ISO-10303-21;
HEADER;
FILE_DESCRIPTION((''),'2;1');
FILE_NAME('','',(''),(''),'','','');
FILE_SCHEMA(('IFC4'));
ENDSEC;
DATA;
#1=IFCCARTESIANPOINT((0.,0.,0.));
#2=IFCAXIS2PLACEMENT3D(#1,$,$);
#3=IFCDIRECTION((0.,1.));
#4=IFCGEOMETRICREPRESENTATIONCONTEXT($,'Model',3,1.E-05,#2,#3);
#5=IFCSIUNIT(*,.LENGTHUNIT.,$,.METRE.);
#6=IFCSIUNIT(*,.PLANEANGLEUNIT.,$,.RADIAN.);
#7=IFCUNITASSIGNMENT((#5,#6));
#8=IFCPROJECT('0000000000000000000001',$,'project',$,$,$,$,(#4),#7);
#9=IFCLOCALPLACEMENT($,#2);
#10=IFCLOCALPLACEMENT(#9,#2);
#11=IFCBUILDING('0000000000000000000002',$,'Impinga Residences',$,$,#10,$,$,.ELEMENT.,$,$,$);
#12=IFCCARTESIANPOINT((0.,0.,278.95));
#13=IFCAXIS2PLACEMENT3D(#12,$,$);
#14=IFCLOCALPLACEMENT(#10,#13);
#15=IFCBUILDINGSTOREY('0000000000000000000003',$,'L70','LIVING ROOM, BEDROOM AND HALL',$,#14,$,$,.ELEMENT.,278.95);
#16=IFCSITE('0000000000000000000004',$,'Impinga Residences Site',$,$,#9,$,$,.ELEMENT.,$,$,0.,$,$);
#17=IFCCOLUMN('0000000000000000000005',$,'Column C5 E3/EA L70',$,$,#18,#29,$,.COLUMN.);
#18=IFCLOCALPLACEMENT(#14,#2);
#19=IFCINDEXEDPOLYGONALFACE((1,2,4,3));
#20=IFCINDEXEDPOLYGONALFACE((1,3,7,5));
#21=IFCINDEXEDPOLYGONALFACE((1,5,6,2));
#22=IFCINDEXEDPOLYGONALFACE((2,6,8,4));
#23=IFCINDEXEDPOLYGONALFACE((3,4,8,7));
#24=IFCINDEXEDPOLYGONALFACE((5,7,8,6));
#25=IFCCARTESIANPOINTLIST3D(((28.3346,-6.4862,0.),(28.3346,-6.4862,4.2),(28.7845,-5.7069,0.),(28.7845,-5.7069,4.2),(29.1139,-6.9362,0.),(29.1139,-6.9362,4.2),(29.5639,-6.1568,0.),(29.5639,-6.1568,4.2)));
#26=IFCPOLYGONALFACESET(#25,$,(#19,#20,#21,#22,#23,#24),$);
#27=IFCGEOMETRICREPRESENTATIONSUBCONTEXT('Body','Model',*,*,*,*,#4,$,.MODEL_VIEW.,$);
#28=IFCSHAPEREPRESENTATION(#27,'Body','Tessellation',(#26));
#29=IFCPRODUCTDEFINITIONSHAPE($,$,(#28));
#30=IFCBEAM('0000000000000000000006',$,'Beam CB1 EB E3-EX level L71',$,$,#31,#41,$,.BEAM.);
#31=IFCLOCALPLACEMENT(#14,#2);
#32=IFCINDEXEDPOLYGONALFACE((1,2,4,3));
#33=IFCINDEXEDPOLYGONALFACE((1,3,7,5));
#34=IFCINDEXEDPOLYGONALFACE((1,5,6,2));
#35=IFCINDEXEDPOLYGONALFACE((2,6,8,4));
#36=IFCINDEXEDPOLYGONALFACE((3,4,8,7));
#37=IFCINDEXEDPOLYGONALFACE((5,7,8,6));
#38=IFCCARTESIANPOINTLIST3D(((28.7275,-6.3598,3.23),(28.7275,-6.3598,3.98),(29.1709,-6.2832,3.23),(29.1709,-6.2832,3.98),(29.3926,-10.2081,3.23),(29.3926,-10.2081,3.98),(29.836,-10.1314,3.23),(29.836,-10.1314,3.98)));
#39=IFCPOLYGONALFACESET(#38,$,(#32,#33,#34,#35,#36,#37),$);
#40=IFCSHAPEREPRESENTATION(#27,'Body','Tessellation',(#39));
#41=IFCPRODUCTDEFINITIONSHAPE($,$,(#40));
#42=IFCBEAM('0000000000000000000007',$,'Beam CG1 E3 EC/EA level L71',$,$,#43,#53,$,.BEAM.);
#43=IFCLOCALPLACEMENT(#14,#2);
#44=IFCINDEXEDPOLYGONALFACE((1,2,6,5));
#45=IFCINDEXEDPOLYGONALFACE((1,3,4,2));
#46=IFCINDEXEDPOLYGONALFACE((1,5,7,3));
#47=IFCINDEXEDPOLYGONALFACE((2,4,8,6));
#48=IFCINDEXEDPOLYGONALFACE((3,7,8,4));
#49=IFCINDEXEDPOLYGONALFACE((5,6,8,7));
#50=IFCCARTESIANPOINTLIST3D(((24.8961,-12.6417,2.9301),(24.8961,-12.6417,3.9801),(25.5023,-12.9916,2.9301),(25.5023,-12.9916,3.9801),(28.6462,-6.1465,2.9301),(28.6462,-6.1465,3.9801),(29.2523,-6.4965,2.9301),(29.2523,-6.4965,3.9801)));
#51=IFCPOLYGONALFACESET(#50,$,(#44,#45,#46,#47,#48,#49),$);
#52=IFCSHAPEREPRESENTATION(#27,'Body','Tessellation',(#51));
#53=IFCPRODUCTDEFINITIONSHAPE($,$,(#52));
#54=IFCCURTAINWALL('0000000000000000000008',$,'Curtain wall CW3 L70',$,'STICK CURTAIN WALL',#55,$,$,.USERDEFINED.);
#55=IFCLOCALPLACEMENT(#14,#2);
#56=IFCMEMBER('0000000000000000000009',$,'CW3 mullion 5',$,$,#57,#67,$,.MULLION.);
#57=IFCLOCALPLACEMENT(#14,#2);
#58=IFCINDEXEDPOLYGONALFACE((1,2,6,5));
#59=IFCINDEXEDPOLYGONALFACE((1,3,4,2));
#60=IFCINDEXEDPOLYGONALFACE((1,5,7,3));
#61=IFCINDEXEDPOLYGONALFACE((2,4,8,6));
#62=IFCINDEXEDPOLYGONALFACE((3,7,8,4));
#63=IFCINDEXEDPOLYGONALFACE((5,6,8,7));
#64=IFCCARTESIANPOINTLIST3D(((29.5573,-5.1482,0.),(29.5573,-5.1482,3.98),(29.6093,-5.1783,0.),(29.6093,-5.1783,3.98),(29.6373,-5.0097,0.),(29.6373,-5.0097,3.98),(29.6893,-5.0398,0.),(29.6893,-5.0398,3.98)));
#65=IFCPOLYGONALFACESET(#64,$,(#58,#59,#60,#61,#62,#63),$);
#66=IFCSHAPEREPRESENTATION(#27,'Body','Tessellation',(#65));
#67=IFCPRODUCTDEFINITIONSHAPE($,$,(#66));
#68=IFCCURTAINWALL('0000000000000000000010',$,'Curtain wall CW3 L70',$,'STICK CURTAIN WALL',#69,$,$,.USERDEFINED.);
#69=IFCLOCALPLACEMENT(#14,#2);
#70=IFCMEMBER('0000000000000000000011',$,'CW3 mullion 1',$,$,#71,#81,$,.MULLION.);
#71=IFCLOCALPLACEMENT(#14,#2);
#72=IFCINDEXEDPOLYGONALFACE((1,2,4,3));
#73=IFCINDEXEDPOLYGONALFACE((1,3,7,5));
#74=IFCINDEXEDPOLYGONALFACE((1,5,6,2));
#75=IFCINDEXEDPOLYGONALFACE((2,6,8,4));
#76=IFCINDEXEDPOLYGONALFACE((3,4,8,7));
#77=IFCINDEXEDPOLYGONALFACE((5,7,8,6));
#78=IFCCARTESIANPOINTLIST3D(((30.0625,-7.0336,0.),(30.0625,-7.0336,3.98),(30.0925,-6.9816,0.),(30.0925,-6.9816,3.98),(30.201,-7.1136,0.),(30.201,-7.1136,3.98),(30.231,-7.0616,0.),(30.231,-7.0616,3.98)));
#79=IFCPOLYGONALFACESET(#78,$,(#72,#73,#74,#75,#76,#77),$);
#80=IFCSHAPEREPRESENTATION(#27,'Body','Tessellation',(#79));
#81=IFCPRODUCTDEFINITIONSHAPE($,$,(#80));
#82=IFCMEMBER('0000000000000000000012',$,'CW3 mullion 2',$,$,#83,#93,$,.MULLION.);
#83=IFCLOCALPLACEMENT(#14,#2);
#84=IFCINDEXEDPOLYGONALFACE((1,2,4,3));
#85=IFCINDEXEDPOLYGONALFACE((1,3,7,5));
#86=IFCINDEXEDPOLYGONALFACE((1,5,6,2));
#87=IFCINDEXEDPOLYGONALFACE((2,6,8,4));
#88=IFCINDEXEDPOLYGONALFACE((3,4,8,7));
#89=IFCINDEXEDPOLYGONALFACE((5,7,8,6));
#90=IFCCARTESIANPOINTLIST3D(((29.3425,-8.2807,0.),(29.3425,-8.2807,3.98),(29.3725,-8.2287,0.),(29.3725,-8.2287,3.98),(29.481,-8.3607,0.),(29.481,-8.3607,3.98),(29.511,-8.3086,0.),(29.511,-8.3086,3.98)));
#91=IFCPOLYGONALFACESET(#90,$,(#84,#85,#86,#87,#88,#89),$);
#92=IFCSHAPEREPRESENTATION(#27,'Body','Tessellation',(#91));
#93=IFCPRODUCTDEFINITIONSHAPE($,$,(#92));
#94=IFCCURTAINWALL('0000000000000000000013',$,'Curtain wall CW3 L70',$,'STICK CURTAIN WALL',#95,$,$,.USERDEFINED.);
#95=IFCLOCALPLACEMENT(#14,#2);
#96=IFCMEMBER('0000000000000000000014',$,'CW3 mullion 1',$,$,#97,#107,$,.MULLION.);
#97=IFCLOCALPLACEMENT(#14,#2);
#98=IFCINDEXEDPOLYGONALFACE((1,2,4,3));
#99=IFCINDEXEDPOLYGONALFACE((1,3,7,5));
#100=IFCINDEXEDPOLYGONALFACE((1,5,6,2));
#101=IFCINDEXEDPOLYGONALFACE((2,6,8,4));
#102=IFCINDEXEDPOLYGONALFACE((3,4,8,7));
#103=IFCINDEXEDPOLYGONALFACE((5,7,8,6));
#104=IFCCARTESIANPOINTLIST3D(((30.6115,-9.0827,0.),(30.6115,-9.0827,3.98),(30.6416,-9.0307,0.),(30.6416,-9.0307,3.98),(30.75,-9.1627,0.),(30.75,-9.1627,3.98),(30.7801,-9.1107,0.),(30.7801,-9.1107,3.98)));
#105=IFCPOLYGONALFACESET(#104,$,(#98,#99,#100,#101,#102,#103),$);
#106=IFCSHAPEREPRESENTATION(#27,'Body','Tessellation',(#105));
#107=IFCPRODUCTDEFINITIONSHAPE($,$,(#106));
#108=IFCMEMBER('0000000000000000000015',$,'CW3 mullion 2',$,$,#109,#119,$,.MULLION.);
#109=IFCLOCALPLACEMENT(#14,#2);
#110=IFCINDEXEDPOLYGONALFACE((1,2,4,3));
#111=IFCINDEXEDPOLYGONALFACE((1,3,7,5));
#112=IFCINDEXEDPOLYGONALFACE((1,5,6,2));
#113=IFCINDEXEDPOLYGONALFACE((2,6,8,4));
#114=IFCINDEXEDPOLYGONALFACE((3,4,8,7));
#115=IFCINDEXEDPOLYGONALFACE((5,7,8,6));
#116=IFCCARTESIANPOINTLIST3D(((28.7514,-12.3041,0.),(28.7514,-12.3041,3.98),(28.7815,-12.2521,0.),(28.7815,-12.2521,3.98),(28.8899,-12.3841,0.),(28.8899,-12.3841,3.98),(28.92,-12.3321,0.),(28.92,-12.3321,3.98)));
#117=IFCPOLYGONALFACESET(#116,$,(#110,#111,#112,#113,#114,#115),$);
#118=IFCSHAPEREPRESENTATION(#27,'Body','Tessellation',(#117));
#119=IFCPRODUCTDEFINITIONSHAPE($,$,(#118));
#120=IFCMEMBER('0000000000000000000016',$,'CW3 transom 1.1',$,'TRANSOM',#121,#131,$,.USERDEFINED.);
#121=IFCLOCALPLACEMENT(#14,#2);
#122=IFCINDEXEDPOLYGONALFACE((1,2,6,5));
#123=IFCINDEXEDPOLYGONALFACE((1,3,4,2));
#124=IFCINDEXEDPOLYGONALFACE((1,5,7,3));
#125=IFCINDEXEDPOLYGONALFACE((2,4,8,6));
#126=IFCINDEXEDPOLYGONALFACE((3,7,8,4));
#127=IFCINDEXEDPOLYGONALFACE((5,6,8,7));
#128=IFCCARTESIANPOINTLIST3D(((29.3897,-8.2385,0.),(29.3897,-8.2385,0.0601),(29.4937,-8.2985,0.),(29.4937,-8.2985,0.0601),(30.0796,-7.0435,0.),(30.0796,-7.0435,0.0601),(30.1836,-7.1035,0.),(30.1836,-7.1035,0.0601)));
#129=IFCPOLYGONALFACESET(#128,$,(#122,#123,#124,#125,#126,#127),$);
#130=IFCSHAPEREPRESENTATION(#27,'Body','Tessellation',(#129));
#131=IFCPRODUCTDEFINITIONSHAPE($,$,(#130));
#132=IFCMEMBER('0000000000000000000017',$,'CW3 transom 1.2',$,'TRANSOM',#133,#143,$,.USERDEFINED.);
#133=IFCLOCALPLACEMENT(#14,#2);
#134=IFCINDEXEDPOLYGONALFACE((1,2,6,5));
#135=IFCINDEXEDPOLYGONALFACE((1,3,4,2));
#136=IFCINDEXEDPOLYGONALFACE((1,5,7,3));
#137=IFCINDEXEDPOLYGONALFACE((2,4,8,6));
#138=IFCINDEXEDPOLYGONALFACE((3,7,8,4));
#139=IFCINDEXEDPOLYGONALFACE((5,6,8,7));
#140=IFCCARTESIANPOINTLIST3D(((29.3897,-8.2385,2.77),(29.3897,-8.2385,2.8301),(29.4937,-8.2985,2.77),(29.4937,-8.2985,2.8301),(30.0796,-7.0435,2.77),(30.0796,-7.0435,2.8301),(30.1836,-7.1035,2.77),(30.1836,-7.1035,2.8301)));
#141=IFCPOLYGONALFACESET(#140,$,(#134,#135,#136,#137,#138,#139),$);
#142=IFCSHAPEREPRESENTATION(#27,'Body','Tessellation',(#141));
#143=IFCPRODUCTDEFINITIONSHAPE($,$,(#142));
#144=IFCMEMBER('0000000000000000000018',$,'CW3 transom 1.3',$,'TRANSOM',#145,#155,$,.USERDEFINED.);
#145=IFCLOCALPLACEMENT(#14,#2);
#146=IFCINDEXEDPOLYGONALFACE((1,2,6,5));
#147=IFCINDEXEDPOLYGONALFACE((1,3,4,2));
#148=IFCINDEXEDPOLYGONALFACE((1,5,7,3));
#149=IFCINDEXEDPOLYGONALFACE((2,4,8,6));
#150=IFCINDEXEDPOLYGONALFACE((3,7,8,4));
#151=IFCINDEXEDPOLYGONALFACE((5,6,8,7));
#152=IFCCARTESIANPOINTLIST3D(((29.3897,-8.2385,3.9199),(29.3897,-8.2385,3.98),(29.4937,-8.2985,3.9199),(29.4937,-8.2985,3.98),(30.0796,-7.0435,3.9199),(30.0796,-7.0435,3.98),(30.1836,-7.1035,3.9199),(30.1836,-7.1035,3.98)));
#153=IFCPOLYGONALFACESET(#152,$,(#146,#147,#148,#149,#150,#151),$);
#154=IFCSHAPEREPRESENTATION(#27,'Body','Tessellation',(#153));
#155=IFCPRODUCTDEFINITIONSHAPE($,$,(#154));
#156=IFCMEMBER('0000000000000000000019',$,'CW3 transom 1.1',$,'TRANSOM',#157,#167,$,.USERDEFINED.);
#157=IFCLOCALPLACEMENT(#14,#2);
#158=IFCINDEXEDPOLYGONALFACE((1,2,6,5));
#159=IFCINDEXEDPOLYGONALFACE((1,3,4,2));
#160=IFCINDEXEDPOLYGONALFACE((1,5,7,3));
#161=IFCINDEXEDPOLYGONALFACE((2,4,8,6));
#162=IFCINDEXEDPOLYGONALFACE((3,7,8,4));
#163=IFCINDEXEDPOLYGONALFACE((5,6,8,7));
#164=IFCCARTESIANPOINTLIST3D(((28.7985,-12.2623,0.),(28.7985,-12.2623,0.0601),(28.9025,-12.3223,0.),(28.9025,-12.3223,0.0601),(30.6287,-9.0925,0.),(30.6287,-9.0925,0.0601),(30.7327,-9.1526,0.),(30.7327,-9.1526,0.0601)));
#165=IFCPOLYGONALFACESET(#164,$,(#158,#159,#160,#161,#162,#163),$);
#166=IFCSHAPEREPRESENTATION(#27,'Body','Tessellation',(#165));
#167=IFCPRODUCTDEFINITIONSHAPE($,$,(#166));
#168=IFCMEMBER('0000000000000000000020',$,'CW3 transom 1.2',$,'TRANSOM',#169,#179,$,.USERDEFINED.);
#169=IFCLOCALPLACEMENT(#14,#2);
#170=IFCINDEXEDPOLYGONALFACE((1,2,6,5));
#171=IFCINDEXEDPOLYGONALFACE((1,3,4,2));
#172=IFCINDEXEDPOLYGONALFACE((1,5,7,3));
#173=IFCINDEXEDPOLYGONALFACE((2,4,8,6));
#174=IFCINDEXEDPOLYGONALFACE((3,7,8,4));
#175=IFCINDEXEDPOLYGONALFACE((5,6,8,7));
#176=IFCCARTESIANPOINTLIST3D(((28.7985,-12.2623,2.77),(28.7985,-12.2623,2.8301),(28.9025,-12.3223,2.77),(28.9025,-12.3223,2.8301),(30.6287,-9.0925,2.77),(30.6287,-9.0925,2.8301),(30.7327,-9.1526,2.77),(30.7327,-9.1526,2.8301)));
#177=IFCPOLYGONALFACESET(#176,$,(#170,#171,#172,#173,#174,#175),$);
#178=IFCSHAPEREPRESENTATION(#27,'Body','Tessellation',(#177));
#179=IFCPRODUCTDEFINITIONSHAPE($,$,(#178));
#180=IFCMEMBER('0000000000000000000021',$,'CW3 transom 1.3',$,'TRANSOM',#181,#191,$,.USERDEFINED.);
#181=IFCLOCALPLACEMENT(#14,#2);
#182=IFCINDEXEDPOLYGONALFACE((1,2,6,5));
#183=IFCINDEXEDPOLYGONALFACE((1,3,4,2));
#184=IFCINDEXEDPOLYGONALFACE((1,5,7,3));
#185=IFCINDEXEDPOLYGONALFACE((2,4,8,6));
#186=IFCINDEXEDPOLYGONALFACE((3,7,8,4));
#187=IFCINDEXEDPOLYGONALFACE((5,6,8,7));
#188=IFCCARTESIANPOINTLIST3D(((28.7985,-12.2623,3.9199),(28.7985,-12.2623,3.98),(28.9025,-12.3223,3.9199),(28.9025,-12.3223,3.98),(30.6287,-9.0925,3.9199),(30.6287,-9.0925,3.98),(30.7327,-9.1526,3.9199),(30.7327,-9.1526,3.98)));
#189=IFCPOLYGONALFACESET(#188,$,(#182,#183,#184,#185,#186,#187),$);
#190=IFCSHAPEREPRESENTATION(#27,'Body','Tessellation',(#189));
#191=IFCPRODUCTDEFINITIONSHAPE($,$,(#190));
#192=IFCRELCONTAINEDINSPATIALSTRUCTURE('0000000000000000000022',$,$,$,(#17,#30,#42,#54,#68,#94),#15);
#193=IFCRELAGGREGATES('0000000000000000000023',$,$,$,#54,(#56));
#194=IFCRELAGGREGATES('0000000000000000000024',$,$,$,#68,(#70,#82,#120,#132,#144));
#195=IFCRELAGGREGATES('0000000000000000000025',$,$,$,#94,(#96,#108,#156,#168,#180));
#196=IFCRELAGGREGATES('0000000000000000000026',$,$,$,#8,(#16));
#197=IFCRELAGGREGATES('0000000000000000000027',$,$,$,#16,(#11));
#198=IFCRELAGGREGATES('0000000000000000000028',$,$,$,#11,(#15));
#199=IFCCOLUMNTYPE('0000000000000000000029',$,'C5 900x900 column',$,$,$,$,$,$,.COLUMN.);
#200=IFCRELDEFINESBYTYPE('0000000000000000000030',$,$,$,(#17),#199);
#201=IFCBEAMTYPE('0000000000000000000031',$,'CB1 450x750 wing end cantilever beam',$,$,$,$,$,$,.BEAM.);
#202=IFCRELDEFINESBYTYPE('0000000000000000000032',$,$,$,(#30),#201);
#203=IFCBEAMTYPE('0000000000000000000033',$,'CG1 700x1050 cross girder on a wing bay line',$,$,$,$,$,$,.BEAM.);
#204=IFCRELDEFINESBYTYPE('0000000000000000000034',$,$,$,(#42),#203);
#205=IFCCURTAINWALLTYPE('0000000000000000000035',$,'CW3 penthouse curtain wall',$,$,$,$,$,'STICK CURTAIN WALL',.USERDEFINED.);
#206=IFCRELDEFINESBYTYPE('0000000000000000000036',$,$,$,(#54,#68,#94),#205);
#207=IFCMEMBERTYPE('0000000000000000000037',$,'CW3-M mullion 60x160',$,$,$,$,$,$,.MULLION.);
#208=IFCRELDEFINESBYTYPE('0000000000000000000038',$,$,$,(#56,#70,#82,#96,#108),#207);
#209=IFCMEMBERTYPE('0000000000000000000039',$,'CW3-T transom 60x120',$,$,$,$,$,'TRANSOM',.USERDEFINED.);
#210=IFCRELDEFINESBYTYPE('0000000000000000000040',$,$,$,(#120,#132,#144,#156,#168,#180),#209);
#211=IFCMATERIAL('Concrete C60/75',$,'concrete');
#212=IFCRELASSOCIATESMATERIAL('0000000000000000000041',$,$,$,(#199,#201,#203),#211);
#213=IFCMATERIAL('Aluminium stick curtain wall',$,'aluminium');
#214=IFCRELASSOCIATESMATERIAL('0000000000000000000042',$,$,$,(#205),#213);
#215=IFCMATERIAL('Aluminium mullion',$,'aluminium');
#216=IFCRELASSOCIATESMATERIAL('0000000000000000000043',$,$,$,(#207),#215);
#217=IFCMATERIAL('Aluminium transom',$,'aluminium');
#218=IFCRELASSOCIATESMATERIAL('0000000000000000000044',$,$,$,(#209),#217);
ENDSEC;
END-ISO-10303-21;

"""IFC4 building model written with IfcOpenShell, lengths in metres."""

from ifc_helpers import new_model, si_unit, direction, frame, origin, origin_2d, place, context, subcontext, project, spatial, rectangle, extrude, material, material_profile, profile_set, type_object, element, aggregate, save


model = new_model("IFC4")

# Units and contexts
model_context = context("Model", 3, precision=1e-05, world=origin(), true_north=direction((0.0, 1.0)))
body_context = subcontext(model_context, "Body", "Model", "MODEL_VIEW")
ifc_project = project(units=[si_unit("LENGTHUNIT", "METRE"), si_unit("PLANEANGLEUNIT", "RADIAN")], contexts=[model_context])

# Site, building, storey
site_placement = place(None, origin())
site = spatial("IfcSite", under=ifc_project, at=site_placement, Name="Impinga Residences Site", CompositionType="ELEMENT", RefElevation=0.0)
building_placement = place(site_placement, origin())
building = spatial("IfcBuilding", under=site, at=building_placement, Name="Impinga Residences", CompositionType="ELEMENT")
storey_placement = place(building_placement, frame((0.0, 0.0, 278.95)))
storey = spatial("IfcBuildingStorey", under=building, at=storey_placement, Name="L70", Description="LIVING ROOM, BEDROOM AND HALL", CompositionType="ELEMENT", Elevation=278.95)

# Column
ifc_material_1 = material(Name="Concrete C60/75", Category="concrete")
ifc_material_profile_1 = material_profile(ifc_material_1, rectangle(XDim=0.8999, YDim=0.8999, at=origin_2d()), Name="RC 900x900")
ifc_profile_set_1 = profile_set([ifc_material_profile_1], Name="Concrete C60/75")
column_type = type_object("IfcColumnType", Name="C5 900x900 column", PredefinedType="COLUMN", material=ifc_profile_set_1)
column_placement = place(storey_placement, frame((28.9492, -6.3215, 0.0), z_axis=(0.0, 0.0, 1.0), x_axis=(-0.5, -0.866025, 0.0)))
element("IfcColumn", 1, at=column_placement, inside=storey, type_object=column_type, Name="Column C5 E3/EA L70", PredefinedType="COLUMN", context=body_context, shape_type="SweptSolid", body=[
    extrude(rectangle(XDim=0.8999, YDim=0.8999, at=origin_2d()), origin(), (0.0, 0.0, 1.0), 4.2),
])

# Beams
ifc_material_profile_2 = material_profile(ifc_material_1, rectangle(XDim=0.45, YDim=0.75, at=origin_2d()), Name="RC 450x750")
ifc_profile_set_2 = profile_set([ifc_material_profile_2], Name="Concrete C60/75")
beam_type_1 = type_object("IfcBeamType", Name="CB1 450x750 wing end cantilever beam", PredefinedType="BEAM", material=ifc_profile_set_2)
beam_1_placement = place(storey_placement, frame((28.9492, -6.3215, 3.605), z_axis=(0.170296, -0.985393, 0.0), x_axis=(0.985393, 0.170296, 0.0)))
element("IfcBeam", 2, at=beam_1_placement, inside=storey, type_object=beam_type_1, Name="Beam CB1 EB E3-EX level L71", PredefinedType="BEAM", context=body_context, shape_type="SweptSolid", body=[
    extrude(rectangle(XDim=0.45, YDim=0.75, at=origin_2d()), origin(), (0.0, 0.0, 1.0), 3.9053),
])
ifc_material_profile_3 = material_profile(ifc_material_1, rectangle(XDim=0.7, YDim=1.05, at=origin_2d()), Name="RC 700x1050")
ifc_profile_set_3 = profile_set([ifc_material_profile_3], Name="Concrete C60/75")
beam_type_2 = type_object("IfcBeamType", Name="CG1 700x1050 cross girder on a wing bay line", PredefinedType="BEAM", material=ifc_profile_set_3)
beam_2_placement = place(storey_placement, frame((25.1992, -12.8167, 3.4551), z_axis=(0.500004, 0.866023, 0.0), x_axis=(-0.866023, 0.500004, 0.0)))
element("IfcBeam", 3, at=beam_2_placement, inside=storey, type_object=beam_type_2, Name="Beam CG1 E3 EC/EA level L71", PredefinedType="BEAM", context=body_context, shape_type="SweptSolid", body=[
    extrude(rectangle(XDim=0.7, YDim=1.05, at=origin_2d()), origin(), (0.0, 0.0, 1.0), 7.5),
])

# Curtain wall, member
ifc_material_2 = material(Name="Aluminium stick curtain wall", Category="aluminium")
curtain_wall_type = type_object("IfcCurtainWallType", Name="CW3 penthouse curtain wall", ElementType="STICK CURTAIN WALL", PredefinedType="USERDEFINED", material=ifc_material_2)
curtain_wall_1_placement = place(storey_placement, origin())
curtain_wall_1 = element("IfcCurtainWall", 4, at=curtain_wall_1_placement, inside=storey, type_object=curtain_wall_type, Name="Curtain wall CW3 L70", ObjectType="STICK CURTAIN WALL", PredefinedType="USERDEFINED")
ifc_material_3 = material(Name="Aluminium mullion", Category="aluminium")
ifc_material_profile_4 = material_profile(ifc_material_3, rectangle(XDim=0.0601, YDim=0.1599, at=origin_2d()), Name="60x160 mullion")
ifc_profile_set_4 = profile_set([ifc_material_profile_4], Name="Aluminium mullion")
member_type_1 = type_object("IfcMemberType", Name="CW3-M mullion 60x160", PredefinedType="MULLION", material=ifc_profile_set_4)
member_1_placement = place(storey_placement, frame((29.6233, -5.094, 0.0), z_axis=(0.0, 0.0, 1.0), x_axis=(0.866025, -0.5, 0.0)))
member_1 = element("IfcMember", 5, at=member_1_placement, type_object=member_type_1, Name="CW3 mullion 5", PredefinedType="MULLION", context=body_context, shape_type="SweptSolid", body=[
    extrude(rectangle(XDim=0.0601, YDim=0.1599, at=origin_2d()), origin(), (0.0, 0.0, 1.0), 3.98),
])

# Curtain walls, members
curtain_wall_2_placement = place(storey_placement, origin())
curtain_wall_2 = element("IfcCurtainWall", 6, at=curtain_wall_2_placement, inside=storey, type_object=curtain_wall_type, Name="Curtain wall CW3 L70", ObjectType="STICK CURTAIN WALL", PredefinedType="USERDEFINED")
member_2_placement = place(storey_placement, frame((30.1467, -7.0476, 0.0), z_axis=(0.0, 0.0, 1.0), x_axis=(-0.5, -0.866025, 0.0)))
member_2 = element("IfcMember", 7, at=member_2_placement, type_object=member_type_1, Name="CW3 mullion 1", PredefinedType="MULLION", context=body_context, shape_type="SweptSolid", body=[
    extrude(rectangle(XDim=0.0601, YDim=0.1599, at=origin_2d()), origin(), (0.0, 0.0, 1.0), 3.98),
])
member_3_placement = place(storey_placement, frame((29.4268, -8.2947, 0.0), z_axis=(0.0, 0.0, 1.0), x_axis=(-0.5, -0.866025, 0.0)))
member_3 = element("IfcMember", 8, at=member_3_placement, type_object=member_type_1, Name="CW3 mullion 2", PredefinedType="MULLION", context=body_context, shape_type="SweptSolid", body=[
    extrude(rectangle(XDim=0.0601, YDim=0.1599, at=origin_2d()), origin(), (0.0, 0.0, 1.0), 3.98),
])
curtain_wall_3_placement = place(storey_placement, origin())
curtain_wall_3 = element("IfcCurtainWall", 9, at=curtain_wall_3_placement, inside=storey, type_object=curtain_wall_type, Name="Curtain wall CW3 L70", ObjectType="STICK CURTAIN WALL", PredefinedType="USERDEFINED")
member_4_placement = place(storey_placement, frame((30.6958, -9.0967, 0.0), z_axis=(0.0, 0.0, 1.0), x_axis=(-0.5, -0.866025, 0.0)))
member_4 = element("IfcMember", 10, at=member_4_placement, type_object=member_type_1, Name="CW3 mullion 1", PredefinedType="MULLION", context=body_context, shape_type="SweptSolid", body=[
    extrude(rectangle(XDim=0.0601, YDim=0.1599, at=origin_2d()), origin(), (0.0, 0.0, 1.0), 3.98),
])
member_5_placement = place(storey_placement, frame((28.8357, -12.3181, 0.0), z_axis=(0.0, 0.0, 1.0), x_axis=(-0.5, -0.866025, 0.0)))
member_5 = element("IfcMember", 11, at=member_5_placement, type_object=member_type_1, Name="CW3 mullion 2", PredefinedType="MULLION", context=body_context, shape_type="SweptSolid", body=[
    extrude(rectangle(XDim=0.0601, YDim=0.1599, at=origin_2d()), origin(), (0.0, 0.0, 1.0), 3.98),
])

# Members
ifc_material_4 = material(Name="Aluminium transom", Category="aluminium")
ifc_material_profile_5 = material_profile(ifc_material_4, rectangle(XDim=0.0601, YDim=0.1201, at=origin_2d()), Name="60x120 transom")
ifc_profile_set_5 = profile_set([ifc_material_profile_5], Name="Aluminium transom")
member_type_2 = type_object("IfcMemberType", Name="CW3-T transom 60x120", ElementType="TRANSOM", PredefinedType="USERDEFINED", material=ifc_profile_set_5)
member_6_placement = place(storey_placement, frame((30.1316, -7.0735, 0.03), z_axis=(-0.499983, -0.866035, 0.0), x_axis=(0.0, 0.0, 1.0)))
member_6 = element("IfcMember", 12, at=member_6_placement, type_object=member_type_2, Name="CW3 transom 1.1", ObjectType="TRANSOM", PredefinedType="USERDEFINED", context=body_context, shape_type="SweptSolid", body=[
    extrude(rectangle(XDim=0.0601, YDim=0.1201, at=origin_2d()), origin(), (0.0, 0.0, 1.0), 1.3799),
])
member_7_placement = place(storey_placement, frame((30.1316, -7.0735, 2.8), z_axis=(-0.499983, -0.866035, 0.0), x_axis=(0.0, 0.0, 1.0)))
member_7 = element("IfcMember", 13, at=member_7_placement, type_object=member_type_2, Name="CW3 transom 1.2", ObjectType="TRANSOM", PredefinedType="USERDEFINED", context=body_context, shape_type="SweptSolid", body=[
    extrude(rectangle(XDim=0.0601, YDim=0.1201, at=origin_2d()), origin(), (0.0, 0.0, 1.0), 1.3799),
])
member_8_placement = place(storey_placement, frame((30.1316, -7.0735, 3.95), z_axis=(-0.499983, -0.866035, 0.0), x_axis=(0.0, 0.0, 1.0)))
member_8 = element("IfcMember", 14, at=member_8_placement, type_object=member_type_2, Name="CW3 transom 1.3", ObjectType="TRANSOM", PredefinedType="USERDEFINED", context=body_context, shape_type="SweptSolid", body=[
    extrude(rectangle(XDim=0.0601, YDim=0.1201, at=origin_2d()), origin(), (0.0, 0.0, 1.0), 1.3799),
])
member_9_placement = place(storey_placement, frame((30.6807, -9.1226, 0.03), z_axis=(-0.500013, -0.866018, 0.0), x_axis=(0.0, 0.0, 1.0)))
member_9 = element("IfcMember", 15, at=member_9_placement, type_object=member_type_2, Name="CW3 transom 1.1", ObjectType="TRANSOM", PredefinedType="USERDEFINED", context=body_context, shape_type="SweptSolid", body=[
    extrude(rectangle(XDim=0.0601, YDim=0.1201, at=origin_2d()), origin(), (0.0, 0.0, 1.0), 3.6602),
])
member_10_placement = place(storey_placement, frame((30.6807, -9.1226, 2.8), z_axis=(-0.500013, -0.866018, 0.0), x_axis=(0.0, 0.0, 1.0)))
member_10 = element("IfcMember", 16, at=member_10_placement, type_object=member_type_2, Name="CW3 transom 1.2", ObjectType="TRANSOM", PredefinedType="USERDEFINED", context=body_context, shape_type="SweptSolid", body=[
    extrude(rectangle(XDim=0.0601, YDim=0.1201, at=origin_2d()), origin(), (0.0, 0.0, 1.0), 3.6602),
])
member_11_placement = place(storey_placement, frame((30.6807, -9.1226, 3.95), z_axis=(-0.500013, -0.866018, 0.0), x_axis=(0.0, 0.0, 1.0)))
member_11 = element("IfcMember", 17, at=member_11_placement, type_object=member_type_2, Name="CW3 transom 1.3", ObjectType="TRANSOM", PredefinedType="USERDEFINED", context=body_context, shape_type="SweptSolid", body=[
    extrude(rectangle(XDim=0.0601, YDim=0.1201, at=origin_2d()), origin(), (0.0, 0.0, 1.0), 3.6602),
])

aggregate(curtain_wall_1, [member_1])
aggregate(curtain_wall_2, [member_2, member_3, member_6, member_7, member_8])
aggregate(curtain_wall_3, [member_4, member_5, member_9, member_10, member_11])

save(model, "model.ifc")
